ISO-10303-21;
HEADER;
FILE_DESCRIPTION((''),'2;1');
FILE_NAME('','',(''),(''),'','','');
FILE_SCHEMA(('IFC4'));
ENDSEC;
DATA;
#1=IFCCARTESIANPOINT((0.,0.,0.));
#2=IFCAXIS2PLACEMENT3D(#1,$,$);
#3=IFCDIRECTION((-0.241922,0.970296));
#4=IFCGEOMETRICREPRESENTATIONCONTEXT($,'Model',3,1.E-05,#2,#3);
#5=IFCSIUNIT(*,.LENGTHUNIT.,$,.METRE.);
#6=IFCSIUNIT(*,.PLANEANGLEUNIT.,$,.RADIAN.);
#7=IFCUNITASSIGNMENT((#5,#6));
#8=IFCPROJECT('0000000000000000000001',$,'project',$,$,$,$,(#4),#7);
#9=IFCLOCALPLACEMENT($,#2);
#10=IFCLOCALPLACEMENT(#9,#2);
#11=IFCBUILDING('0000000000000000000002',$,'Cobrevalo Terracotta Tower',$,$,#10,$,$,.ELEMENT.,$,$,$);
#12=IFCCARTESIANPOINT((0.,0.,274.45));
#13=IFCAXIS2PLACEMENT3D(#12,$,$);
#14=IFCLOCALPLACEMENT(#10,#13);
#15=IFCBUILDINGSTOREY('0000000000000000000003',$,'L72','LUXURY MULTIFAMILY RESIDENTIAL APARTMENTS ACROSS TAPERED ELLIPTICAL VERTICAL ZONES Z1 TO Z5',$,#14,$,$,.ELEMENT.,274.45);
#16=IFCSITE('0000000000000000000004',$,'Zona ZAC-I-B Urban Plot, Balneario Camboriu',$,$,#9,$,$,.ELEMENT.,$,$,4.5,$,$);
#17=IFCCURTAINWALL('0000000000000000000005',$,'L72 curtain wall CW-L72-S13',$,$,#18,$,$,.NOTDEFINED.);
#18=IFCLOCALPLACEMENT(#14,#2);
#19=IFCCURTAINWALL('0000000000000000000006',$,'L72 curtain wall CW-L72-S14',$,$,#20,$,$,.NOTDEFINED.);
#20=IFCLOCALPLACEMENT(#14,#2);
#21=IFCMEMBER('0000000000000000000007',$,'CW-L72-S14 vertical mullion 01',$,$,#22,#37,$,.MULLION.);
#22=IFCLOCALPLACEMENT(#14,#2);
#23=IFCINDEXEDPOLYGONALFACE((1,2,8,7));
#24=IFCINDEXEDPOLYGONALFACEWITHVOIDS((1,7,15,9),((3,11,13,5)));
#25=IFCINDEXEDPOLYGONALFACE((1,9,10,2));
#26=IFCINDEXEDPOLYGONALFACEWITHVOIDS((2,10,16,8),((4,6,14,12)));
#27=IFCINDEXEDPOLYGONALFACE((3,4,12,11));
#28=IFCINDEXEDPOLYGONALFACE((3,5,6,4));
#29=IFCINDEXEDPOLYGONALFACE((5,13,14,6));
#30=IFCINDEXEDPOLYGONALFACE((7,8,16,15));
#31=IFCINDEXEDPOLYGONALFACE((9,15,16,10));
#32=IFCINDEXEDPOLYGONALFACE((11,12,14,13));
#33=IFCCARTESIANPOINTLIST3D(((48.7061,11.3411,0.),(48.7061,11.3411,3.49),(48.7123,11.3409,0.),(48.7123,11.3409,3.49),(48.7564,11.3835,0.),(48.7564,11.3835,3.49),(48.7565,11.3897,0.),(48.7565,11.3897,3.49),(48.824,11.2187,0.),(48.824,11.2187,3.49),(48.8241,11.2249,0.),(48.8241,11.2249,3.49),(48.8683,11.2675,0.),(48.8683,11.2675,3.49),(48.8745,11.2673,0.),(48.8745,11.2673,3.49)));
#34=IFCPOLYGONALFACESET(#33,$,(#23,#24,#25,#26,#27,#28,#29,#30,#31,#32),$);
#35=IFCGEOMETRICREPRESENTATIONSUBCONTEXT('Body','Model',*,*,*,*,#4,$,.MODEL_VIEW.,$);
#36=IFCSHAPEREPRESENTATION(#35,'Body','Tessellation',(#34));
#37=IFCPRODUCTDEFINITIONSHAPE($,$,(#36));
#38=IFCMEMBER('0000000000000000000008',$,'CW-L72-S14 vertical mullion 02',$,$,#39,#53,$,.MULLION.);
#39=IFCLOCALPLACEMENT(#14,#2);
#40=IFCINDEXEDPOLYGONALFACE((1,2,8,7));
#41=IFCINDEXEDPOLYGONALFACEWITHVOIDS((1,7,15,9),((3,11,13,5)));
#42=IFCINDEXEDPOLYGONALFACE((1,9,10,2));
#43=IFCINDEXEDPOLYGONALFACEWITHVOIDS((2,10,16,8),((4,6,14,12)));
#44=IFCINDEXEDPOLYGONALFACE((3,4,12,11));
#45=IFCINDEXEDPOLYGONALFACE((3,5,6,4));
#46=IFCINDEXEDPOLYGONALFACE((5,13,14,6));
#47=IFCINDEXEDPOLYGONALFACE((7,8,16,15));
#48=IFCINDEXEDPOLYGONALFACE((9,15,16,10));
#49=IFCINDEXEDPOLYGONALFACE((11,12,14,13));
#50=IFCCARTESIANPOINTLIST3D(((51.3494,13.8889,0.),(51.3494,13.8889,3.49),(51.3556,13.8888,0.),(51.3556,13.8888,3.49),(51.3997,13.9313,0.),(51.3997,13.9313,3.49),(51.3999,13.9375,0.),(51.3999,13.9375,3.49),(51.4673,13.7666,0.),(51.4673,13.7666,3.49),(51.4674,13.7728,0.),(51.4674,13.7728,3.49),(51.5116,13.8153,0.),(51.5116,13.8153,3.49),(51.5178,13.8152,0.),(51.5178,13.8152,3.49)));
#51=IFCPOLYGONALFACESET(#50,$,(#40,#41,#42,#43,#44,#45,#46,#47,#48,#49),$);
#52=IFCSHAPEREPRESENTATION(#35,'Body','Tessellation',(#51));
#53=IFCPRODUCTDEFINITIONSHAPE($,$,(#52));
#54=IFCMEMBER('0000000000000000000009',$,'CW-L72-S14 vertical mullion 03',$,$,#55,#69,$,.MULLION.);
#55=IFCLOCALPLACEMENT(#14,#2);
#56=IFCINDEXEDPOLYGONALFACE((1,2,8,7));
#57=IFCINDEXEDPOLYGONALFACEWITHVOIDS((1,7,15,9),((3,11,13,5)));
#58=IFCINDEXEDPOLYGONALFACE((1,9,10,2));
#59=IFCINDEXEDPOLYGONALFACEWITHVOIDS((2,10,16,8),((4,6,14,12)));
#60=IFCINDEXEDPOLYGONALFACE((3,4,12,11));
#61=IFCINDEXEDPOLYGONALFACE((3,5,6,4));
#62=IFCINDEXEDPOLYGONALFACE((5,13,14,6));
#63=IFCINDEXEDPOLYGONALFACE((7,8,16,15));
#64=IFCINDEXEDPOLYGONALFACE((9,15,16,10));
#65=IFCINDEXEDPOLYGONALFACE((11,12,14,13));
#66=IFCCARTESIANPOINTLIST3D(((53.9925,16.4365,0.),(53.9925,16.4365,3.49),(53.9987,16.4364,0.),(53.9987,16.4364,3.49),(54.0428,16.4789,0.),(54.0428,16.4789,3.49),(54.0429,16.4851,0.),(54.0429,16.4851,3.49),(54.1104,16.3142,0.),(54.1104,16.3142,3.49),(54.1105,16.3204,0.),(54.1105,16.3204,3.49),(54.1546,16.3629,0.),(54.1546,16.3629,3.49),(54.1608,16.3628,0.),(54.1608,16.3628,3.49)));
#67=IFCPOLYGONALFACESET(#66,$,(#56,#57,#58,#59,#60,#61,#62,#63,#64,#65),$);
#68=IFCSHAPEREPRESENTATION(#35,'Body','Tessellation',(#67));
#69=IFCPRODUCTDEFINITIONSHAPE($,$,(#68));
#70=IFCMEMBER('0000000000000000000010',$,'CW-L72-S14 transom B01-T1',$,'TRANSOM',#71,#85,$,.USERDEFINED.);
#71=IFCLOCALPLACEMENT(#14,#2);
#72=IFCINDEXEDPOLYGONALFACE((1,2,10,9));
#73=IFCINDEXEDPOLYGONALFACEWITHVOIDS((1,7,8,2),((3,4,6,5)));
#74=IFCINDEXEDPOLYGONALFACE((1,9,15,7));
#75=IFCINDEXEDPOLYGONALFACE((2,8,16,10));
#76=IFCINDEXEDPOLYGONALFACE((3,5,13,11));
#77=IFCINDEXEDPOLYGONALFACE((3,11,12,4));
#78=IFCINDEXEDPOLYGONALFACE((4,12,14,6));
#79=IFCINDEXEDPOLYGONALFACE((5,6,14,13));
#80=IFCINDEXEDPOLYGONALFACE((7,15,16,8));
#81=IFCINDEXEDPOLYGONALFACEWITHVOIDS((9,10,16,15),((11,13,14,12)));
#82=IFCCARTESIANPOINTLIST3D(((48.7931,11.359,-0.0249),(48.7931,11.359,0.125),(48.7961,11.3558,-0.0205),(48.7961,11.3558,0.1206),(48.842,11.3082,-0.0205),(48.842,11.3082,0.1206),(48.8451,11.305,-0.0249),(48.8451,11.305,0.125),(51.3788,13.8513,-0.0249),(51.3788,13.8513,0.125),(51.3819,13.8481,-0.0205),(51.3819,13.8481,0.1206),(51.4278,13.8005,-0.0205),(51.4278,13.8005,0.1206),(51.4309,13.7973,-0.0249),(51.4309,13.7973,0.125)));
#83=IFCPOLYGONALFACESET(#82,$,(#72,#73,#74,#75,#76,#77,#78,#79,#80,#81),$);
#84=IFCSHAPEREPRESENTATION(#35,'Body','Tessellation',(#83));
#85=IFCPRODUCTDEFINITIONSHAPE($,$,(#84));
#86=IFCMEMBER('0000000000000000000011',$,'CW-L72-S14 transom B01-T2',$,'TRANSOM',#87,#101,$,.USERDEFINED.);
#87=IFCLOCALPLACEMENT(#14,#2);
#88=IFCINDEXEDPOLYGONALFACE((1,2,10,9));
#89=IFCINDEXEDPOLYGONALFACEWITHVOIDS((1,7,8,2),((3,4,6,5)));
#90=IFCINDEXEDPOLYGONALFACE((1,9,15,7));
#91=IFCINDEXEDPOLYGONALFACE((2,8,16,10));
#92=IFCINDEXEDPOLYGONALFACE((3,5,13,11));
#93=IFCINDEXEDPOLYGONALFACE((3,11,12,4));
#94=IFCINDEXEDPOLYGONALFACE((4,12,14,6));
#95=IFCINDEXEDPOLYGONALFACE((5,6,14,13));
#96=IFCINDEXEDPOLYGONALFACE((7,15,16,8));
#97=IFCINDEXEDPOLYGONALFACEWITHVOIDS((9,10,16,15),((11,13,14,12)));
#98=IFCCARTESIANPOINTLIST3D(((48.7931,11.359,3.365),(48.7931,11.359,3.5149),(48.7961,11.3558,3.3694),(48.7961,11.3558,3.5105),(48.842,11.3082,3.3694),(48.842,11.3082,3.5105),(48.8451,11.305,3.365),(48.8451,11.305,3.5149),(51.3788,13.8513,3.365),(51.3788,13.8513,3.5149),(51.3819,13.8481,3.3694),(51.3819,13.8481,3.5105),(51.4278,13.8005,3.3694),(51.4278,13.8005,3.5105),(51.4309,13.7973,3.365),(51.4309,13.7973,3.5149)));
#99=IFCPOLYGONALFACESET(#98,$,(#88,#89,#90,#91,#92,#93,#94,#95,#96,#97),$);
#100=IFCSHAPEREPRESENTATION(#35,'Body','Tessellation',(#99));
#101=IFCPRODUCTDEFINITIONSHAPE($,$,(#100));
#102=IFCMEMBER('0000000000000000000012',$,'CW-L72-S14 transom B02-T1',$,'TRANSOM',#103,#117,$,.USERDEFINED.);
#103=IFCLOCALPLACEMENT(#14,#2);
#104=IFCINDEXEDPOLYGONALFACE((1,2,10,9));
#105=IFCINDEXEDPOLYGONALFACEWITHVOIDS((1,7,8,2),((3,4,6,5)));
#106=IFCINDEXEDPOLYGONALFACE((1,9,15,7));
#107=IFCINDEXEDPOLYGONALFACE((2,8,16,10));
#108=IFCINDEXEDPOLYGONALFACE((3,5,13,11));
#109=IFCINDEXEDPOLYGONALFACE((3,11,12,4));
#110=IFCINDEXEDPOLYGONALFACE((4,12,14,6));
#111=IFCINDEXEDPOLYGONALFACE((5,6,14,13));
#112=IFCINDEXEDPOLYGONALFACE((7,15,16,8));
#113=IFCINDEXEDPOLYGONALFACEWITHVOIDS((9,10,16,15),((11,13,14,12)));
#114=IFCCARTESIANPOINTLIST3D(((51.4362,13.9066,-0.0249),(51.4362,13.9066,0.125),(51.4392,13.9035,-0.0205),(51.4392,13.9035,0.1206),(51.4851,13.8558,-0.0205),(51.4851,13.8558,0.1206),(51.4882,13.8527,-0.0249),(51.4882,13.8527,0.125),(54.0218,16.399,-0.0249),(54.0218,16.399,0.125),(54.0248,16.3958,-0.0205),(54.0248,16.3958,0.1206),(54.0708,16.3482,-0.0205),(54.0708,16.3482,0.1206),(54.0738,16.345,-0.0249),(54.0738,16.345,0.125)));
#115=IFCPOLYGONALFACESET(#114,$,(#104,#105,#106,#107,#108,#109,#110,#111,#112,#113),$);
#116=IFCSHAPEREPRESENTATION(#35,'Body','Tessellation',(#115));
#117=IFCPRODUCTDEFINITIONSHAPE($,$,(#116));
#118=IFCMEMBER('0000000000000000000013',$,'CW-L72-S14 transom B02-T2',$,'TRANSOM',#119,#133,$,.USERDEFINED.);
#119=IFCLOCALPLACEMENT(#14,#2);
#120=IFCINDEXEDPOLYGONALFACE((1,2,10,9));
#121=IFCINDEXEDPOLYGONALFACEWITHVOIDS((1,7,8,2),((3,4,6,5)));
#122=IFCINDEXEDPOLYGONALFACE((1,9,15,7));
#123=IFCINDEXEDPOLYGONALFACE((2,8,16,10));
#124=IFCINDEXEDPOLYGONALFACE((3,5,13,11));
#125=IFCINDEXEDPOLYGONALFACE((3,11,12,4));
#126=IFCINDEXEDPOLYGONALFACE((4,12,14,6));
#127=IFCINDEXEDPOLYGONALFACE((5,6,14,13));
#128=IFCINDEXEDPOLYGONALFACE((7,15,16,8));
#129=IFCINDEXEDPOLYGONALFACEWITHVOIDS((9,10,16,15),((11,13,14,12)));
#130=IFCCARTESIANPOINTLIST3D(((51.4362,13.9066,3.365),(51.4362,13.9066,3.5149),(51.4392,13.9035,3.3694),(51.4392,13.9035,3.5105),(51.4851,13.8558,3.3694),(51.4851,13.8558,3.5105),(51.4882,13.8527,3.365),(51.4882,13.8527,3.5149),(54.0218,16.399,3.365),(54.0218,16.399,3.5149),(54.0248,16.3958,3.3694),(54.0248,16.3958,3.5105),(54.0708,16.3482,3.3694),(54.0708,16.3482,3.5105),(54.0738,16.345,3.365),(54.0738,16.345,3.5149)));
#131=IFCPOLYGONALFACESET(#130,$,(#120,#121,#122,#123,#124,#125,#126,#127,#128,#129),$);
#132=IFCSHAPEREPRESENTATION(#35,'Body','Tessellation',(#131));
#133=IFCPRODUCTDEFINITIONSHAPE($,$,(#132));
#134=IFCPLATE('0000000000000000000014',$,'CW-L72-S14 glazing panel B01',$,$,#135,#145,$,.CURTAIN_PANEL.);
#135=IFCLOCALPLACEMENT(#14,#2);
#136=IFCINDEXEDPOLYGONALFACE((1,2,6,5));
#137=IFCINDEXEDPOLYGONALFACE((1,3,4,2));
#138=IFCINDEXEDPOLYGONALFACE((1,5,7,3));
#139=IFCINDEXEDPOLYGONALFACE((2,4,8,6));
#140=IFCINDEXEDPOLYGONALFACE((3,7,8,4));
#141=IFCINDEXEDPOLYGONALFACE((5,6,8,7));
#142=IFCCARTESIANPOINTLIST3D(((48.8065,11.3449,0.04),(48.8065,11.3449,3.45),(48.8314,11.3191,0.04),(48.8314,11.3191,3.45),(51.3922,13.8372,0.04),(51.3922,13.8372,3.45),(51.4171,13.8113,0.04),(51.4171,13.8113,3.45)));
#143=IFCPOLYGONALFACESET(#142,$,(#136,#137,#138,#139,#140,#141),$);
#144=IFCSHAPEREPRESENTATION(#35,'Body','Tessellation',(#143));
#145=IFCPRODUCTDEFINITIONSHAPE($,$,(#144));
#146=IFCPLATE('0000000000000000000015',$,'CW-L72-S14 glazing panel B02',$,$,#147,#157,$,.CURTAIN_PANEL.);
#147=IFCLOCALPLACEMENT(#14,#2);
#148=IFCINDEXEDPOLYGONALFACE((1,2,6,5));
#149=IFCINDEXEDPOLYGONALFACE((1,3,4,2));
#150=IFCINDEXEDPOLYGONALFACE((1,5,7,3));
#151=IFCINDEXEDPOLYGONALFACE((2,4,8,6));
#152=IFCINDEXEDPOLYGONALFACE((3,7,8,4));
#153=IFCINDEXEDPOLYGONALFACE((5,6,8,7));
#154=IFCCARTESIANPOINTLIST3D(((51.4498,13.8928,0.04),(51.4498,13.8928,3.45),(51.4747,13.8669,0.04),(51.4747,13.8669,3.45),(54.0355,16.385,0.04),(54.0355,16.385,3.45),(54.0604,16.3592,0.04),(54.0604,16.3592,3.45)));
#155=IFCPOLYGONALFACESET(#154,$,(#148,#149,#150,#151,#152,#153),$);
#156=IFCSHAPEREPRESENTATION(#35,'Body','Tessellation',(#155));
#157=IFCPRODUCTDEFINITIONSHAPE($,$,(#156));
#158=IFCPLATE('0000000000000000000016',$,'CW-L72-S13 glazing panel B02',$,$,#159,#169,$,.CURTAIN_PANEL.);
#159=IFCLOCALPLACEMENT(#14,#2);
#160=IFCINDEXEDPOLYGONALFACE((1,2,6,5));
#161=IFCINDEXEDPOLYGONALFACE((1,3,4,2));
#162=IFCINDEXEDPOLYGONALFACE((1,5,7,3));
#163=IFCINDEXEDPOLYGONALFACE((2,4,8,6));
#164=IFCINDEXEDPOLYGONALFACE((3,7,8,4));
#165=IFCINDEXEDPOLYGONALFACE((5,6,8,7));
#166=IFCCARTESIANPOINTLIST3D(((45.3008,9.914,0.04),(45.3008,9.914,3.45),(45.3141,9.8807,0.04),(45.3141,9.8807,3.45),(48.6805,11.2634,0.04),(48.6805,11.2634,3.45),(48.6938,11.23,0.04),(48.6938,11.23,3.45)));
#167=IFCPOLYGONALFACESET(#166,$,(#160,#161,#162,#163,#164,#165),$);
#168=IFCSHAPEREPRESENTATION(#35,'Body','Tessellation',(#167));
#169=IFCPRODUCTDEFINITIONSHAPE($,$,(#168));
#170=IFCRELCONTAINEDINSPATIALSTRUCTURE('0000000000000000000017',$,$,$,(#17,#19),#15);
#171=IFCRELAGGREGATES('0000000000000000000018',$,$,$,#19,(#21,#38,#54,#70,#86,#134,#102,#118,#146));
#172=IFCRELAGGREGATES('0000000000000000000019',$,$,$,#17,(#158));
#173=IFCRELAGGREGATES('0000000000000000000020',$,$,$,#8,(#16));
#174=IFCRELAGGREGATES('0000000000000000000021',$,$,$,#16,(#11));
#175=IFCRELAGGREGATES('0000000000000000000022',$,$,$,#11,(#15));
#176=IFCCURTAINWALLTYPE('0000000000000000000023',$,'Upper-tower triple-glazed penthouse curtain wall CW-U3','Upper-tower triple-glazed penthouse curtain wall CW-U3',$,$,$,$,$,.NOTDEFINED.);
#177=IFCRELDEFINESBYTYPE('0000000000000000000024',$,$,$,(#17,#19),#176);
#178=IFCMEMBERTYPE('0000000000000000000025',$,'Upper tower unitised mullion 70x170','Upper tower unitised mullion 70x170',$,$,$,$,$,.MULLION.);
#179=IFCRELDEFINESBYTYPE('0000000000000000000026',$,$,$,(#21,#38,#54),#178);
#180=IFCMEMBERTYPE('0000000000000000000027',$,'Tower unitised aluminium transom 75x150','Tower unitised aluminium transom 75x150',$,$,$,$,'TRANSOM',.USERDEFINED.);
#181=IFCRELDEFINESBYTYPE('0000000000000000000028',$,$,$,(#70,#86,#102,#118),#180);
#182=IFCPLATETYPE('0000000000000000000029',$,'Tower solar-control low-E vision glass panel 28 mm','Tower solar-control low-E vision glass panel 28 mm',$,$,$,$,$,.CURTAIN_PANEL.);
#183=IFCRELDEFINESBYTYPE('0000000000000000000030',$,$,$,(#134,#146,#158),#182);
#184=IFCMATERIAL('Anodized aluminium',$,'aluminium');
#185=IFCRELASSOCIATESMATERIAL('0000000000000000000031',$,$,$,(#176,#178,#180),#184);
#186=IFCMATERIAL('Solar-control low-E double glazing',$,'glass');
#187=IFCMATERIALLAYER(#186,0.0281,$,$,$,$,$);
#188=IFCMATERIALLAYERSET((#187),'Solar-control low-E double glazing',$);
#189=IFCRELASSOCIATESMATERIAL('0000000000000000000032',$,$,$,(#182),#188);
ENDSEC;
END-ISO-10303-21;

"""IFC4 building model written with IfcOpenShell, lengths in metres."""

from ifc_helpers import new_model, si_unit, direction, frame, origin, origin_2d, place, context, subcontext, project, spatial, rectangle, hollow_rectangle, extrude, source, transform, mapped, material, layer, layer_set, material_profile, profile_set, type_object, element, aggregate, save


model = new_model("IFC4")

# Units and contexts
model_context = context("Model", 3, precision=1e-05, world=origin(), true_north=direction((-0.241922, 0.970296)))
body_context = subcontext(model_context, "Body", "Model", "MODEL_VIEW")
ifc_project = project(units=[si_unit("LENGTHUNIT", "METRE"), si_unit("PLANEANGLEUNIT", "RADIAN")], contexts=[model_context])

# Site, building, storey
site_placement = place(None, origin())
site = spatial("IfcSite", under=ifc_project, at=site_placement, Name="Zona ZAC-I-B Urban Plot, Balneario Camboriu", CompositionType="ELEMENT", RefElevation=4.5)
building_placement = place(site_placement, origin())
building = spatial("IfcBuilding", under=site, at=building_placement, Name="Cobrevalo Terracotta Tower", CompositionType="ELEMENT")
storey_placement = place(building_placement, frame((0.0, 0.0, 274.45)))
storey = spatial("IfcBuildingStorey", under=building, at=storey_placement, Name="L72", Description="LUXURY MULTIFAMILY RESIDENTIAL APARTMENTS ACROSS TAPERED ELLIPTICAL VERTICAL ZONES Z1 TO Z5", CompositionType="ELEMENT", Elevation=274.45)

# Curtain wall
ifc_material_1 = material(Name="Anodized aluminium", Category="aluminium")
curtain_wall_type = type_object("IfcCurtainWallType", Name="Upper-tower triple-glazed penthouse curtain wall CW-U3", Description="Upper-tower triple-glazed penthouse curtain wall CW-U3", PredefinedType="NOTDEFINED", material=ifc_material_1)
curtain_wall_1_placement = place(storey_placement, origin())
curtain_wall_1 = element("IfcCurtainWall", 1, at=curtain_wall_1_placement, inside=storey, type_object=curtain_wall_type, Name="L72 curtain wall CW-L72-S13", PredefinedType="NOTDEFINED")
ifc_material_profile_1 = material_profile(ifc_material_1, hollow_rectangle(XDim=0.0701, YDim=0.1699, WallThickness=0.0044, at=origin_2d()), Name="CWM 70x170")
ifc_profile_set_1 = profile_set([ifc_material_profile_1], Name="Anodized aluminium")
member_type_1 = type_object("IfcMemberType", Name="Upper tower unitised mullion 70x170", Description="Upper tower unitised mullion 70x170", PredefinedType="MULLION", material=ifc_profile_set_1)
shared_shape_1 = source(origin(), body_context, "Body", "SweptSolid", [
    extrude(hollow_rectangle(XDim=0.0701, YDim=0.1699, WallThickness=0.0044, at=origin_2d()), origin(), (0.0, 0.0, 1.0), 3.49),
])

# Curtain wall, members, plates
curtain_wall_2_placement = place(storey_placement, origin())
curtain_wall_2 = element("IfcCurtainWall", 2, at=curtain_wall_2_placement, inside=storey, type_object=curtain_wall_type, Name="L72 curtain wall CW-L72-S14", PredefinedType="NOTDEFINED")
member_1_placement = place(storey_placement, frame((48.7903, 11.3042, 0.0), z_axis=(0.0, 0.0, 1.0), x_axis=(0.719994, 0.69398, 0.0)))
member_1 = element("IfcMember", 3, at=member_1_placement, type_object=member_type_1, Name="CW-L72-S14 vertical mullion 01", PredefinedType="MULLION", context=body_context, shape_type="MappedRepresentation", body=[
    mapped(shared_shape_1, transform((0.0, 0.0, 0.0), scale=1.0)),
])
member_2_placement = place(storey_placement, frame((51.4336, 13.8521, 0.0), z_axis=(0.0, 0.0, 1.0), x_axis=(0.719994, 0.69398, 0.0)))
member_2 = element("IfcMember", 4, at=member_2_placement, type_object=member_type_1, Name="CW-L72-S14 vertical mullion 02", PredefinedType="MULLION", context=body_context, shape_type="MappedRepresentation", body=[
    mapped(shared_shape_1, transform((0.0, 0.0, 0.0), scale=1.0)),
])
member_3_placement = place(storey_placement, frame((54.0767, 16.3997, 0.0), z_axis=(0.0, 0.0, 1.0), x_axis=(0.719994, 0.69398, 0.0)))
member_3 = element("IfcMember", 5, at=member_3_placement, type_object=member_type_1, Name="CW-L72-S14 vertical mullion 03", PredefinedType="MULLION", context=body_context, shape_type="MappedRepresentation", body=[
    mapped(shared_shape_1, transform((0.0, 0.0, 0.0), scale=1.0)),
])
ifc_material_profile_2 = material_profile(ifc_material_1, hollow_rectangle(XDim=0.075, YDim=0.1499, WallThickness=0.0044, at=origin_2d()), Name="CWT 75x150")
ifc_profile_set_2 = profile_set([ifc_material_profile_2], Name="Anodized aluminium")
member_type_2 = type_object("IfcMemberType", Name="Tower unitised aluminium transom 75x150", Description="Tower unitised aluminium transom 75x150", ElementType="TRANSOM", PredefinedType="USERDEFINED", material=ifc_profile_set_2)
shared_shape_2 = source(origin(), body_context, "Body", "SweptSolid", [
    extrude(hollow_rectangle(XDim=0.075, YDim=0.1499, WallThickness=0.0044, at=origin_2d()), origin(), (0.0, 0.0, 1.0), 3.5913),
])
member_4_placement = place(storey_placement, frame((48.8191, 11.332, 0.05), z_axis=(0.720006, 0.693968, 0.0), x_axis=(-0.693968, 0.720006, 0.0)))
member_4 = element("IfcMember", 6, at=member_4_placement, type_object=member_type_2, Name="CW-L72-S14 transom B01-T1", ObjectType="TRANSOM", PredefinedType="USERDEFINED", context=body_context, shape_type="MappedRepresentation", body=[
    mapped(shared_shape_2, transform((0.0, 0.0, 0.0), scale=1.0)),
])
member_5_placement = place(storey_placement, frame((48.8191, 11.332, 3.4399), z_axis=(0.720006, 0.693968, 0.0), x_axis=(-0.693968, 0.720006, 0.0)))
member_5 = element("IfcMember", 7, at=member_5_placement, type_object=member_type_2, Name="CW-L72-S14 transom B01-T2", ObjectType="TRANSOM", PredefinedType="USERDEFINED", context=body_context, shape_type="MappedRepresentation", body=[
    mapped(shared_shape_2, transform((0.0, 0.0, 0.0), scale=1.0)),
])
member_6_placement = place(storey_placement, frame((51.4622, 13.8796, 0.05), z_axis=(0.719972, 0.694003, 0.0), x_axis=(-0.694003, 0.719972, 0.0)))
member_6 = element("IfcMember", 8, at=member_6_placement, type_object=member_type_2, Name="CW-L72-S14 transom B02-T1", ObjectType="TRANSOM", PredefinedType="USERDEFINED", context=body_context, shape_type="MappedRepresentation", body=[
    mapped(shared_shape_2, transform((0.0, 0.0, 0.0), scale=1.0)),
])
member_7_placement = place(storey_placement, frame((51.4622, 13.8796, 3.4399), z_axis=(0.719972, 0.694003, 0.0), x_axis=(-0.694003, 0.719972, 0.0)))
member_7 = element("IfcMember", 9, at=member_7_placement, type_object=member_type_2, Name="CW-L72-S14 transom B02-T2", ObjectType="TRANSOM", PredefinedType="USERDEFINED", context=body_context, shape_type="MappedRepresentation", body=[
    mapped(shared_shape_2, transform((0.0, 0.0, 0.0), scale=1.0)),
])
ifc_material_2 = material(Name="Solar-control low-E double glazing", Category="glass")
ifc_layer_1 = layer(ifc_material_2, 0.0281)
ifc_layer_set_1 = layer_set([ifc_layer_1], Name="Solar-control low-E double glazing")
plate_type = type_object("IfcPlateType", Name="Tower solar-control low-E vision glass panel 28 mm", Description="Tower solar-control low-E vision glass panel 28 mm", PredefinedType="CURTAIN_PANEL", material=ifc_layer_set_1)
shared_shape_3 = source(origin(), body_context, "Body", "SweptSolid", [
    extrude(rectangle(XDim=3.5913, YDim=0.0359, at=origin_2d()), origin(), (0.0, 0.0, 1.0), 3.4099),
])
plate_1_placement = place(storey_placement, frame((50.1118, 12.5781, 0.04), z_axis=(0.0, 0.0, 1.0), x_axis=(0.719997, 0.693978, 0.0)))
plate_1 = element("IfcPlate", 10, at=plate_1_placement, type_object=plate_type, Name="CW-L72-S14 glazing panel B01", PredefinedType="CURTAIN_PANEL", context=body_context, shape_type="MappedRepresentation", body=[
    mapped(shared_shape_3, transform((0.0, 0.0, 0.0), scale=1.0)),
])
plate_2_placement = place(storey_placement, frame((52.7551, 15.126, 0.04), z_axis=(0.0, 0.0, 1.0), x_axis=(0.719997, 0.693978, 0.0)))
plate_2 = element("IfcPlate", 11, at=plate_2_placement, type_object=plate_type, Name="CW-L72-S14 glazing panel B02", PredefinedType="CURTAIN_PANEL", context=body_context, shape_type="MappedRepresentation", body=[
    mapped(shared_shape_3, transform((0.0, 0.0, 0.0), scale=1.0)),
])
aggregate(curtain_wall_2, [member_1, member_2, member_3, member_4, member_5, plate_1, member_6, member_7, plate_2])

# Plate
shared_shape_4 = source(origin(), body_context, "Body", "SweptSolid", [
    extrude(rectangle(XDim=3.6392, YDim=0.0359, at=origin_2d()), origin(), (0.0, 0.0, 1.0), 3.4099),
])
plate_3_placement = place(storey_placement, frame((46.9973, 10.572, 0.04), z_axis=(0.0, 0.0, 1.0), x_axis=(0.928718, 0.370786, 0.0)))
plate_3 = element("IfcPlate", 12, at=plate_3_placement, type_object=plate_type, Name="CW-L72-S13 glazing panel B02", PredefinedType="CURTAIN_PANEL", context=body_context, shape_type="MappedRepresentation", body=[
    mapped(shared_shape_4, transform((0.0, 0.0, 0.0), scale=1.0)),
])
aggregate(curtain_wall_1, [plate_3])

save(model, "model.ifc")
